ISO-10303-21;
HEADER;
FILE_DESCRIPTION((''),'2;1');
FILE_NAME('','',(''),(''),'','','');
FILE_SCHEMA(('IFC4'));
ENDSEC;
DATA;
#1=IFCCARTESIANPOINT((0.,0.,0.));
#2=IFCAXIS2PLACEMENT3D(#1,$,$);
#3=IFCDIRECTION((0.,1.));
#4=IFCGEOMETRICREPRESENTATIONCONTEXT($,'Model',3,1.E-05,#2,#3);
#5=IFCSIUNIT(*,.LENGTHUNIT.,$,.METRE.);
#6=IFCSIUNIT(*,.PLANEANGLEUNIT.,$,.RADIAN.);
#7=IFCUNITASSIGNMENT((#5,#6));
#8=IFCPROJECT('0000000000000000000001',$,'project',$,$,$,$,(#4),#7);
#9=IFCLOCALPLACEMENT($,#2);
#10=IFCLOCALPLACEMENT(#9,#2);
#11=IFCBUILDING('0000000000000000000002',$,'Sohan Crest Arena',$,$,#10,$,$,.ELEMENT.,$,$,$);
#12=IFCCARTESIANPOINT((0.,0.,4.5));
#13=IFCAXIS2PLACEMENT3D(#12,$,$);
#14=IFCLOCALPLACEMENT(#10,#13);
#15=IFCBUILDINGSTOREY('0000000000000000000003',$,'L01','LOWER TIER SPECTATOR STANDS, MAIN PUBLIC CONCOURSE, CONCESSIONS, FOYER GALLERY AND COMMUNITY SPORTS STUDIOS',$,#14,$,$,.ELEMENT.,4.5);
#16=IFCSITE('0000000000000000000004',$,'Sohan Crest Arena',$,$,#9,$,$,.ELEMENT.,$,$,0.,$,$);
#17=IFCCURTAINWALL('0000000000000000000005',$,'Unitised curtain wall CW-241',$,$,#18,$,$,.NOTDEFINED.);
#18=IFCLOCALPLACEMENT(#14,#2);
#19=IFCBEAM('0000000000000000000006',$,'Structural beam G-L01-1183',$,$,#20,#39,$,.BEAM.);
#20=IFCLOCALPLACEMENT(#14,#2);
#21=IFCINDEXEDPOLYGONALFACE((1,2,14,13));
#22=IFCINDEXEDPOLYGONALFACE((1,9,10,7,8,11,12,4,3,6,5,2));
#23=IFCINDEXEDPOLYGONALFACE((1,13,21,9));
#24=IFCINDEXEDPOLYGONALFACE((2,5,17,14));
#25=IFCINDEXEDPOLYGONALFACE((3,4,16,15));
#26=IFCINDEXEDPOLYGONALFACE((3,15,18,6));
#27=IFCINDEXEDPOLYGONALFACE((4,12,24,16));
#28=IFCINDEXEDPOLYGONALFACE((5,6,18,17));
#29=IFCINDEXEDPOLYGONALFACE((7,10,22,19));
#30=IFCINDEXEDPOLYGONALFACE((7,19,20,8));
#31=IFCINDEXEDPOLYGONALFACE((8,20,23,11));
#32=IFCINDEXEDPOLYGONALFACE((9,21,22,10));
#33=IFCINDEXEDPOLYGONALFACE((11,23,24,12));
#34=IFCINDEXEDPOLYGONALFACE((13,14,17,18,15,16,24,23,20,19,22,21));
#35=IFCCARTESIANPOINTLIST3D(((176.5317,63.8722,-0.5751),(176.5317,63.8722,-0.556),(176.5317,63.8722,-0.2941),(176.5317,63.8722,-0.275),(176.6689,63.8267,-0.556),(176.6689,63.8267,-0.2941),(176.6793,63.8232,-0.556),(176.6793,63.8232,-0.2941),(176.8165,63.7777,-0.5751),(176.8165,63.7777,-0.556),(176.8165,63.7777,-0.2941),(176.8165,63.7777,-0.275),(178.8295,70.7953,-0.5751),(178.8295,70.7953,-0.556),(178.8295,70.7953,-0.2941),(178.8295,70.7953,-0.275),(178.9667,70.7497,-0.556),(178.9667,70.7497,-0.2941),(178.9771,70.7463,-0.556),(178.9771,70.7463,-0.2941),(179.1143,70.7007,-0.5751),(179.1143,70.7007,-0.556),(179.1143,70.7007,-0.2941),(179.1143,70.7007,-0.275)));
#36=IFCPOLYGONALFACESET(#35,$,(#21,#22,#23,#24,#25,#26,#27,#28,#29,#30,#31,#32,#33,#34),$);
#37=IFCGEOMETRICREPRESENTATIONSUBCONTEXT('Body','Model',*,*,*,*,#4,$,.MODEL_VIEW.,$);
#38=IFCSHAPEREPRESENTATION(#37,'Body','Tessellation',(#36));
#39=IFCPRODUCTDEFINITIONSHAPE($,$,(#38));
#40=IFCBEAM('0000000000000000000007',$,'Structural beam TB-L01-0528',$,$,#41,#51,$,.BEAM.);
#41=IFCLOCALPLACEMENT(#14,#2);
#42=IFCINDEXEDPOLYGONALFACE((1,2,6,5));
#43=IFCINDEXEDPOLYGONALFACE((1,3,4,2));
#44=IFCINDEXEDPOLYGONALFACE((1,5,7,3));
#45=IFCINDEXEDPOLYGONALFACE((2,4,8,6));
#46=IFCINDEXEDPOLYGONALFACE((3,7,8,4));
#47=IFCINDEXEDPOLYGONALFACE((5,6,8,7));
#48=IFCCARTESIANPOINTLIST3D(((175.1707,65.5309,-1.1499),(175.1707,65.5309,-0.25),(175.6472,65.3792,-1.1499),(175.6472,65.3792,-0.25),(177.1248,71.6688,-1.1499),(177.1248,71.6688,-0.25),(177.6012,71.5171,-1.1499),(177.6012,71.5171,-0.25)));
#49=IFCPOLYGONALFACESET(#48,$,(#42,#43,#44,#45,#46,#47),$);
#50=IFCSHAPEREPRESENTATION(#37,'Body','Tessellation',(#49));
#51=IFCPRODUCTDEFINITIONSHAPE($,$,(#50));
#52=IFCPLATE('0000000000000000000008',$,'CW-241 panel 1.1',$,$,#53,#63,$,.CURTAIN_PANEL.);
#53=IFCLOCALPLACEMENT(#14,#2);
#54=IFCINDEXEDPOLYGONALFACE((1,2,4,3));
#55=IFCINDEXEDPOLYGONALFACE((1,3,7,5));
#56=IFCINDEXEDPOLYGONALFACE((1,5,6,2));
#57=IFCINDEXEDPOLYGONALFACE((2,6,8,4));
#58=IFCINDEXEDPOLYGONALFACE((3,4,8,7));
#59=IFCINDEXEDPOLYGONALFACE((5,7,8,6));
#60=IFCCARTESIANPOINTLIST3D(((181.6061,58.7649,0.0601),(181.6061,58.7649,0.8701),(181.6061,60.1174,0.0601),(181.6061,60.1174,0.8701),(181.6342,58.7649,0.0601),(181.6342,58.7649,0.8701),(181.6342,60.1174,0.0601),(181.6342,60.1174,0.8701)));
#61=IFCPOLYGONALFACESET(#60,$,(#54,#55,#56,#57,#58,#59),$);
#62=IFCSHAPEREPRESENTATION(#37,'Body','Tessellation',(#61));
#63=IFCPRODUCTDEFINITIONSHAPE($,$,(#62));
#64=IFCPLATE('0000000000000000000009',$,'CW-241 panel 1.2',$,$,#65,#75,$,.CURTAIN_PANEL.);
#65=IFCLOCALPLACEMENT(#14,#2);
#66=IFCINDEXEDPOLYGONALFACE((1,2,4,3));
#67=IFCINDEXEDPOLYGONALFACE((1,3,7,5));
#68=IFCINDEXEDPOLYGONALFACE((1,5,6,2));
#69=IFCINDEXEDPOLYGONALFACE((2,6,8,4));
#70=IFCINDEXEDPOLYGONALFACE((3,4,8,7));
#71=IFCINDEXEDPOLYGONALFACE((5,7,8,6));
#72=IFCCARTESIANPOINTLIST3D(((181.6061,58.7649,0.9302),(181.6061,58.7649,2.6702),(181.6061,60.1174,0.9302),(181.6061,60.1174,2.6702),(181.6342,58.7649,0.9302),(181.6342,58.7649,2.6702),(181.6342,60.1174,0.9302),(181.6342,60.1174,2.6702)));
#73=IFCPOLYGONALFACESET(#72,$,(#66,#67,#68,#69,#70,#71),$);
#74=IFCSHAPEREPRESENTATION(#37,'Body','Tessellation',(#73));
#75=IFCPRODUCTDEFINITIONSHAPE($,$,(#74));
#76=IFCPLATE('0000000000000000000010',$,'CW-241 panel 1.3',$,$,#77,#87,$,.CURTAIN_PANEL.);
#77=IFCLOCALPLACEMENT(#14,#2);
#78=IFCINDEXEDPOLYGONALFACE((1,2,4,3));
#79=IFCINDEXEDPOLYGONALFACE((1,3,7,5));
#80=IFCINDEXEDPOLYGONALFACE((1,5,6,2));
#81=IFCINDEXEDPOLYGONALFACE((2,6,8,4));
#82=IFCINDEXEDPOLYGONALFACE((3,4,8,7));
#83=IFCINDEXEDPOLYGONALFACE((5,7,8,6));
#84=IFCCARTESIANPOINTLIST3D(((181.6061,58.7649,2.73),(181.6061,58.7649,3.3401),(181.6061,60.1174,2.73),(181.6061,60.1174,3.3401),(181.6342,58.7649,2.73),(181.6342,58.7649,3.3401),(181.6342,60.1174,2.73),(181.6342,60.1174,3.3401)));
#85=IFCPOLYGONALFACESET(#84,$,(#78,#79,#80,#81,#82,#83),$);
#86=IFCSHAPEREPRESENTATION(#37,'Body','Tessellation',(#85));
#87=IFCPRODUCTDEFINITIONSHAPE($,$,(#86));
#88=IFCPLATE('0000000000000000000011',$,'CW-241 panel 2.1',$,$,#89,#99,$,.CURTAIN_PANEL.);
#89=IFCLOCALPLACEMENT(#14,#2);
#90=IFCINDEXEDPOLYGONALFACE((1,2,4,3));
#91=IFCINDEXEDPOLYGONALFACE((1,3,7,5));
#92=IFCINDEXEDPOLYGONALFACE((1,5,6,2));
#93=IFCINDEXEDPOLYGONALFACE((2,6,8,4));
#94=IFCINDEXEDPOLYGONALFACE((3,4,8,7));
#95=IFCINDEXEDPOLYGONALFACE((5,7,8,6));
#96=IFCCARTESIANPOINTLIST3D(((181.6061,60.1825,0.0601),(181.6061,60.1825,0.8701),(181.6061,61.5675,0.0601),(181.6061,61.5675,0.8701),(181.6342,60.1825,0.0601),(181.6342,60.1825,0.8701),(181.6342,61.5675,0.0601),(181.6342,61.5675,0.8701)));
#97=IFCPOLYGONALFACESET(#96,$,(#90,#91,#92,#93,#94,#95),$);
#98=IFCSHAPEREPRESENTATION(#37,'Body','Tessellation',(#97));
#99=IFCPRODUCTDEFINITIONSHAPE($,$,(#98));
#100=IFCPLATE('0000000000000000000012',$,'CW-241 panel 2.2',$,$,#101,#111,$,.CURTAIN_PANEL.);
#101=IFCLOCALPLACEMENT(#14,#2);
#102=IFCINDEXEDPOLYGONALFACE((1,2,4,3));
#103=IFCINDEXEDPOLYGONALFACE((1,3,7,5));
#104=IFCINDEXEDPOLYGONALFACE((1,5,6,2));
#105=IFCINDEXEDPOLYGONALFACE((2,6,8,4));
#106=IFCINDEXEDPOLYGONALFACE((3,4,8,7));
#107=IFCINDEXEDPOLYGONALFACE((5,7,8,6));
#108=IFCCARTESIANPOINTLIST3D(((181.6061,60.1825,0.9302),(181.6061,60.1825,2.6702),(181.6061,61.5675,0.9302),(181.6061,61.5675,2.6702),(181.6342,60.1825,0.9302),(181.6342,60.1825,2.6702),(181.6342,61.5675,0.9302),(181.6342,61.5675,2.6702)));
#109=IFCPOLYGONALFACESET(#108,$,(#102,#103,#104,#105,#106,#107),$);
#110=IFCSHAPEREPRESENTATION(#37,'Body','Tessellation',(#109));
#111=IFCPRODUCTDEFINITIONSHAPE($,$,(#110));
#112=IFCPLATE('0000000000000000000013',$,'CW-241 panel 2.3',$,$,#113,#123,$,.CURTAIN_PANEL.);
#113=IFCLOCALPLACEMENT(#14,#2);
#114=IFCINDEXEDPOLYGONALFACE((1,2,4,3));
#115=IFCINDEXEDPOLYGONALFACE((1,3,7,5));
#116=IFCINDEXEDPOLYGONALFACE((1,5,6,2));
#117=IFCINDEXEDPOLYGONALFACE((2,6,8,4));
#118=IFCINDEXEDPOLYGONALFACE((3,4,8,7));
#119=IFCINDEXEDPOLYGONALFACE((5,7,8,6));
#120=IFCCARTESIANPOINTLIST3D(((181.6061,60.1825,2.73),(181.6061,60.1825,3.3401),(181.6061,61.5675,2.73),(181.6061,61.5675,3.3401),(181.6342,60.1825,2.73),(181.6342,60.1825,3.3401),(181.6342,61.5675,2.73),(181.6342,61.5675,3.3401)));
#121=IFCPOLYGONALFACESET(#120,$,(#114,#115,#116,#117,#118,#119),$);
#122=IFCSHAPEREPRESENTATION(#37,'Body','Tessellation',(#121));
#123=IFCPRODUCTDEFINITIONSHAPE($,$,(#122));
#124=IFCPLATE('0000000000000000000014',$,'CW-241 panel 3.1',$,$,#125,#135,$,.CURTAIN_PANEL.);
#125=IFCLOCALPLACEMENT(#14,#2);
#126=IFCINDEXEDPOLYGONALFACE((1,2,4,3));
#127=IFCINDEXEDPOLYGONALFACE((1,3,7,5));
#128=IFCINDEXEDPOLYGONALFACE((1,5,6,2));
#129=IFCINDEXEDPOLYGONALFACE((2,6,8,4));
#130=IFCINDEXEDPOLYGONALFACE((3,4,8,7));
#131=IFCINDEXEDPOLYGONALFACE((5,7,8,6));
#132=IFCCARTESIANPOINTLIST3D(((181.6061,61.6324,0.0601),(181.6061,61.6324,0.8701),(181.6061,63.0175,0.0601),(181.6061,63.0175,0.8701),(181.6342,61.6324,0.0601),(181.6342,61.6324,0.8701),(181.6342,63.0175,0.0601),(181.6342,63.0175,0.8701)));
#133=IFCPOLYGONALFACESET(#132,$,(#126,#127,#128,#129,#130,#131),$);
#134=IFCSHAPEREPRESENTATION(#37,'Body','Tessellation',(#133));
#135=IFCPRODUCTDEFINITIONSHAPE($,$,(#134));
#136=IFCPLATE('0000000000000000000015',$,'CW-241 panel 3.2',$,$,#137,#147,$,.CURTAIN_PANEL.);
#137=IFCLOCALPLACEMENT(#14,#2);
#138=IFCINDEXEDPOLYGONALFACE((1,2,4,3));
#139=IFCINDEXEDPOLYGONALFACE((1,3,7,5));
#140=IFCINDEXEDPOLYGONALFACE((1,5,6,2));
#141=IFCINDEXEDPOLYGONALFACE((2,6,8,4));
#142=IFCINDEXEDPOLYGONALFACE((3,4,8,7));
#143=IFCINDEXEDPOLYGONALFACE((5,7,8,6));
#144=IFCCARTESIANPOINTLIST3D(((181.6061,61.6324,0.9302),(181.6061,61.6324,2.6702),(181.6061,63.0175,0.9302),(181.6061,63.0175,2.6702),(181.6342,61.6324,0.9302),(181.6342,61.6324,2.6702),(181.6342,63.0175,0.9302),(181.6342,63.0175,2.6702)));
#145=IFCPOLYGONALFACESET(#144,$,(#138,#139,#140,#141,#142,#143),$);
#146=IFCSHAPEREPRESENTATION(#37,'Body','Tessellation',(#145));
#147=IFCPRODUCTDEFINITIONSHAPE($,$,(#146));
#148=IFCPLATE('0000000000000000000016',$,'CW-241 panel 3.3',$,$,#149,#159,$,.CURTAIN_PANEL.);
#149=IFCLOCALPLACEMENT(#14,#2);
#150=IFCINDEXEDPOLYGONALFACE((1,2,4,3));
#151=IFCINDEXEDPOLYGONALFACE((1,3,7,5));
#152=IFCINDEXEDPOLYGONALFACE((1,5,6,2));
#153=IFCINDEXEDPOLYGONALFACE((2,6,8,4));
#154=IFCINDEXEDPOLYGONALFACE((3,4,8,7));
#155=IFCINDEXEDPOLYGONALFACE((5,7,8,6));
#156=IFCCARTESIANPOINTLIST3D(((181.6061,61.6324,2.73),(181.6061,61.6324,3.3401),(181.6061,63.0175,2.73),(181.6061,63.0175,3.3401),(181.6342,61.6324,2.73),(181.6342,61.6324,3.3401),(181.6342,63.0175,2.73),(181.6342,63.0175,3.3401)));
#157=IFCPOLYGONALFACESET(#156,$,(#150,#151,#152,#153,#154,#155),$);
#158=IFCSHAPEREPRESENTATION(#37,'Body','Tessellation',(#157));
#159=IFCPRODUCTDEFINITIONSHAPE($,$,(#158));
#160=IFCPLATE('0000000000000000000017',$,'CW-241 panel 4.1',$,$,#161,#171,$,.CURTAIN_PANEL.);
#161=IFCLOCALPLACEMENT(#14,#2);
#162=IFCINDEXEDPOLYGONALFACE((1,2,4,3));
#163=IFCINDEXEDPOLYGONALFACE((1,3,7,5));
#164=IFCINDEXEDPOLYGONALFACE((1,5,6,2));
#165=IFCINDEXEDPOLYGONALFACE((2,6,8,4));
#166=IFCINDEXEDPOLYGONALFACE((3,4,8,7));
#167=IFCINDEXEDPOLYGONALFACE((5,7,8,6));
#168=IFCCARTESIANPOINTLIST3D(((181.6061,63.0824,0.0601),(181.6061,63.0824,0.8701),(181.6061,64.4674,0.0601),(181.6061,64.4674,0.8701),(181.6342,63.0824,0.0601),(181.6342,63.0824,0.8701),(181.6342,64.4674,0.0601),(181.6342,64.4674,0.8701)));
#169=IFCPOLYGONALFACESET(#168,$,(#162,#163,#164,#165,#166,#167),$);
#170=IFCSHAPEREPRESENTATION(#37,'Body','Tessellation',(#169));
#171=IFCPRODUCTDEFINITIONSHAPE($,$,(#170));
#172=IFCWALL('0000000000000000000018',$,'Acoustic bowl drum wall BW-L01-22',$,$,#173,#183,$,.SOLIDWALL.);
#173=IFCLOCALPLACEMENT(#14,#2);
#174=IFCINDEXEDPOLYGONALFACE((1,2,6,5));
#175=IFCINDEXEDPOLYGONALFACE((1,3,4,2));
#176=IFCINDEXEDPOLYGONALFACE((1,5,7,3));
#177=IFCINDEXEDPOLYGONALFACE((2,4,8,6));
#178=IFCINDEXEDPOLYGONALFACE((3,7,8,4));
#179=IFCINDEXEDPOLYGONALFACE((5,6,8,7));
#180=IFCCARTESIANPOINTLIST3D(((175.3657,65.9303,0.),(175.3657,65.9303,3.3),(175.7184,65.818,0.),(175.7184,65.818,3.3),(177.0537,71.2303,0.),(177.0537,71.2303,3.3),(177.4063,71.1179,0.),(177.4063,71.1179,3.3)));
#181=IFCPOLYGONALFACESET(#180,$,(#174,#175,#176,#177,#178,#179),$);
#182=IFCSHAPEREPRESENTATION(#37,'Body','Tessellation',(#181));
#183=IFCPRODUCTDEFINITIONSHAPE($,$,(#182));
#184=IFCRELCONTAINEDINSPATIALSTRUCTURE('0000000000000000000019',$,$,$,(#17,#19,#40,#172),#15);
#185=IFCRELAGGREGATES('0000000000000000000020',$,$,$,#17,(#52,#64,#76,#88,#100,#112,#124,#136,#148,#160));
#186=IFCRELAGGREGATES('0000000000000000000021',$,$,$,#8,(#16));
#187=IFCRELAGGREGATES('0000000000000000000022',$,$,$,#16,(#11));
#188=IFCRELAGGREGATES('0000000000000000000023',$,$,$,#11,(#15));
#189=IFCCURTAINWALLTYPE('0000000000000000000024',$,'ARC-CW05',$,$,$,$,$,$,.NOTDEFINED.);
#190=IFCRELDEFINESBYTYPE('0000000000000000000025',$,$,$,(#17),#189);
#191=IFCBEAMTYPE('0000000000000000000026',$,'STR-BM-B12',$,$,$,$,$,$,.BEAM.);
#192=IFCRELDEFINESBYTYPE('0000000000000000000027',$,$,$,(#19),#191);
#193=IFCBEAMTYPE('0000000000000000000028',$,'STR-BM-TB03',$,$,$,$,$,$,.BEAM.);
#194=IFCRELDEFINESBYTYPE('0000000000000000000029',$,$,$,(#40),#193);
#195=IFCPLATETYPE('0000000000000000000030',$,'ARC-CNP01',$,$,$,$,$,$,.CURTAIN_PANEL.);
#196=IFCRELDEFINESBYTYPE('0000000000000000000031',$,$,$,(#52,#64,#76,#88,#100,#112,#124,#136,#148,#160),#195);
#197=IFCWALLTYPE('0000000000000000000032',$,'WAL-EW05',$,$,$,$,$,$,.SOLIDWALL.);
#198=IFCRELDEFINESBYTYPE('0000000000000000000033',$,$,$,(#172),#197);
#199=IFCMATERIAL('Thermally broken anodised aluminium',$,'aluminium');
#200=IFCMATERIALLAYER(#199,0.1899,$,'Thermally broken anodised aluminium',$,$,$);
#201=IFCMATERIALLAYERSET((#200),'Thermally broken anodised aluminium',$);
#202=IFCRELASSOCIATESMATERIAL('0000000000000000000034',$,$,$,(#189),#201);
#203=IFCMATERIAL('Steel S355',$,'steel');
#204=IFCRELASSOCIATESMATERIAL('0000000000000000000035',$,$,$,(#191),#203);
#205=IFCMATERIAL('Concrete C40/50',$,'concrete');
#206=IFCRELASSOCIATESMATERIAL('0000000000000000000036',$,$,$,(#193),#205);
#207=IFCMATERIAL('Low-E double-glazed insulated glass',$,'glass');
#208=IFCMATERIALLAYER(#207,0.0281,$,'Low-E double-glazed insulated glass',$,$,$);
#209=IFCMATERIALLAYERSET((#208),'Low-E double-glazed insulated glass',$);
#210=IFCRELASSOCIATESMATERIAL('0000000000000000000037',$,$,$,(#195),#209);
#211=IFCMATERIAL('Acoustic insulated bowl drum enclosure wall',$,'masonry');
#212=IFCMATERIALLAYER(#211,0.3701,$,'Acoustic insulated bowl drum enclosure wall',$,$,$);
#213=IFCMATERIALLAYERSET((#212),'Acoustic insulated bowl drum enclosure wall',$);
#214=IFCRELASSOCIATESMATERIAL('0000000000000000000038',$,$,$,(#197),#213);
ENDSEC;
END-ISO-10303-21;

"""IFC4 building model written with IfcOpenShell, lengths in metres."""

from ifc_helpers import new_model, si_unit, direction, frame, frame_2d, origin, origin_2d, place, context, subcontext, project, spatial, rectangle, i_section, extrude, material, layer, layer_set, material_profile, profile_set, type_object, element, aggregate, save


model = new_model("IFC4")

# Units and contexts
model_context = context("Model", 3, precision=1e-05, world=origin(), true_north=direction((0.0, 1.0)))
body_context = subcontext(model_context, "Body", "Model", "MODEL_VIEW")
ifc_project = project(units=[si_unit("LENGTHUNIT", "METRE"), si_unit("PLANEANGLEUNIT", "RADIAN")], contexts=[model_context])

# Site, building, storey
site_placement = place(None, origin())
site = spatial("IfcSite", under=ifc_project, at=site_placement, Name="Sohan Crest Arena", CompositionType="ELEMENT", RefElevation=0.0)
building_placement = place(site_placement, origin())
building = spatial("IfcBuilding", under=site, at=building_placement, Name="Sohan Crest Arena", CompositionType="ELEMENT")
storey_placement = place(building_placement, frame((0.0, 0.0, 4.5)))
storey = spatial("IfcBuildingStorey", under=building, at=storey_placement, Name="L01", Description="LOWER TIER SPECTATOR STANDS, MAIN PUBLIC CONCOURSE, CONCESSIONS, FOYER GALLERY AND COMMUNITY SPORTS STUDIOS", CompositionType="ELEMENT", Elevation=4.5)

# Shared definitions
ifc_material_1 = material(Name="Concrete C40/50", Category="concrete")
ifc_material_2 = material(Name="Steel S355", Category="steel")

# Curtain wall
ifc_material_3 = material(Name="Thermally broken anodised aluminium", Category="aluminium")
ifc_layer_1 = layer(ifc_material_3, 0.1899, Name="Thermally broken anodised aluminium")
ifc_layer_set_1 = layer_set([ifc_layer_1], Name="Thermally broken anodised aluminium")
curtain_wall_type = type_object("IfcCurtainWallType", Name="ARC-CW05", PredefinedType="NOTDEFINED", material=ifc_layer_set_1)
curtain_wall_placement = place(storey_placement, origin())
curtain_wall = element("IfcCurtainWall", 1, at=curtain_wall_placement, inside=storey, type_object=curtain_wall_type, Name="Unitised curtain wall CW-241", PredefinedType="NOTDEFINED")

# Beams
ifc_material_profile_1 = material_profile(ifc_material_2, i_section(OverallWidth=0.3, OverallDepth=0.3, WebThickness=0.011, FlangeThickness=0.019, at=origin_2d()), Name="HEB 300")
ifc_profile_set_1 = profile_set([ifc_material_profile_1], Name="Steel S355")
beam_type_1 = type_object("IfcBeamType", Name="STR-BM-B12", PredefinedType="BEAM", material=ifc_profile_set_1)
beam_1_placement = place(storey_placement, frame((176.6741, 63.825, -0.425), z_axis=(0.315013, 0.949087, 0.0), x_axis=(-0.949087, 0.315013, 0.0)))
element("IfcBeam", 2, at=beam_1_placement, inside=storey, type_object=beam_type_1, Name="Structural beam G-L01-1183", PredefinedType="BEAM", context=body_context, shape_type="SweptSolid", body=[
    extrude(i_section(OverallWidth=0.3, OverallDepth=0.3, WebThickness=0.011, FlangeThickness=0.019, at=origin_2d()), origin(), (0.0, 0.0, 1.0), 7.2944),
])
ifc_material_profile_2 = material_profile(ifc_material_1, rectangle(XDim=0.5, YDim=0.8999, at=origin_2d()), Name="RC-BM 500x900")
ifc_profile_set_2 = profile_set([ifc_material_profile_2], Name="Concrete C40/50")
beam_type_2 = type_object("IfcBeamType", Name="STR-BM-TB03", PredefinedType="BEAM", material=ifc_profile_set_2)
beam_2_placement = place(storey_placement, frame((175.4089, 65.4551, -0.7), z_axis=(0.303362, 0.952875, 0.0), x_axis=(-0.952875, 0.303362, 0.0)))
element("IfcBeam", 3, at=beam_2_placement, inside=storey, type_object=beam_type_2, Name="Structural beam TB-L01-0528", PredefinedType="BEAM", context=body_context, shape_type="SweptSolid", body=[
    extrude(rectangle(XDim=0.5, YDim=0.8999, at=origin_2d()), origin(), (0.0, 0.0, 1.0), 6.4414),
])

# Plates
ifc_material_4 = material(Name="Low-E double-glazed insulated glass", Category="glass")
ifc_layer_2 = layer(ifc_material_4, 0.0281, Name="Low-E double-glazed insulated glass")
ifc_layer_set_2 = layer_set([ifc_layer_2], Name="Low-E double-glazed insulated glass")
plate_type = type_object("IfcPlateType", Name="ARC-CNP01", PredefinedType="CURTAIN_PANEL", material=ifc_layer_set_2)
plate_1_placement = place(storey_placement, frame((181.6201, 59.4412, 0.0601), z_axis=(0.0, 0.0, 1.0), x_axis=(0.0, 1.0, 0.0)))
plate_1 = element("IfcPlate", 4, at=plate_1_placement, type_object=plate_type, Name="CW-241 panel 1.1", PredefinedType="CURTAIN_PANEL", context=body_context, shape_type="SweptSolid", body=[
    extrude(rectangle(XDim=1.3525, YDim=0.0281, at=origin_2d()), origin(), (0.0, 0.0, 1.0), 0.8101),
])
plate_2_placement = place(storey_placement, frame((181.6201, 59.4412, 0.9302), z_axis=(0.0, 0.0, 1.0), x_axis=(0.0, 1.0, 0.0)))
plate_2 = element("IfcPlate", 5, at=plate_2_placement, type_object=plate_type, Name="CW-241 panel 1.2", PredefinedType="CURTAIN_PANEL", context=body_context, shape_type="SweptSolid", body=[
    extrude(rectangle(XDim=1.3525, YDim=0.0281, at=origin_2d()), origin(), (0.0, 0.0, 1.0), 1.74),
])
plate_3_placement = place(storey_placement, frame((181.6201, 59.4412, 2.73), z_axis=(0.0, 0.0, 1.0), x_axis=(0.0, 1.0, 0.0)))
plate_3 = element("IfcPlate", 6, at=plate_3_placement, type_object=plate_type, Name="CW-241 panel 1.3", PredefinedType="CURTAIN_PANEL", context=body_context, shape_type="SweptSolid", body=[
    extrude(rectangle(XDim=1.3525, YDim=0.0281, at=origin_2d()), origin(), (0.0, 0.0, 1.0), 0.6101),
])
plate_4_placement = place(storey_placement, frame((181.6201, 60.875, 0.0601), z_axis=(0.0, 0.0, 1.0), x_axis=(0.0, 1.0, 0.0)))
plate_4 = element("IfcPlate", 7, at=plate_4_placement, type_object=plate_type, Name="CW-241 panel 2.1", PredefinedType="CURTAIN_PANEL", context=body_context, shape_type="SweptSolid", body=[
    extrude(rectangle(XDim=1.385, YDim=0.0281, at=origin_2d()), origin(), (0.0, 0.0, 1.0), 0.8101),
])
plate_5_placement = place(storey_placement, frame((181.6201, 60.875, 0.9302), z_axis=(0.0, 0.0, 1.0), x_axis=(0.0, 1.0, 0.0)))
plate_5 = element("IfcPlate", 8, at=plate_5_placement, type_object=plate_type, Name="CW-241 panel 2.2", PredefinedType="CURTAIN_PANEL", context=body_context, shape_type="SweptSolid", body=[
    extrude(rectangle(XDim=1.385, YDim=0.0281, at=origin_2d()), origin(), (0.0, 0.0, 1.0), 1.74),
])
plate_6_placement = place(storey_placement, frame((181.6201, 60.875, 2.73), z_axis=(0.0, 0.0, 1.0), x_axis=(0.0, 1.0, 0.0)))
plate_6 = element("IfcPlate", 9, at=plate_6_placement, type_object=plate_type, Name="CW-241 panel 2.3", PredefinedType="CURTAIN_PANEL", context=body_context, shape_type="SweptSolid", body=[
    extrude(rectangle(XDim=1.385, YDim=0.0281, at=origin_2d()), origin(), (0.0, 0.0, 1.0), 0.6101),
])
plate_7_placement = place(storey_placement, frame((181.6201, 62.325, 0.0601), z_axis=(0.0, 0.0, 1.0), x_axis=(0.0, 1.0, 0.0)))
plate_7 = element("IfcPlate", 10, at=plate_7_placement, type_object=plate_type, Name="CW-241 panel 3.1", PredefinedType="CURTAIN_PANEL", context=body_context, shape_type="SweptSolid", body=[
    extrude(rectangle(XDim=1.385, YDim=0.0281, at=origin_2d()), origin(), (0.0, 0.0, 1.0), 0.8101),
])
plate_8_placement = place(storey_placement, frame((181.6201, 62.325, 0.9302), z_axis=(0.0, 0.0, 1.0), x_axis=(0.0, 1.0, 0.0)))
plate_8 = element("IfcPlate", 11, at=plate_8_placement, type_object=plate_type, Name="CW-241 panel 3.2", PredefinedType="CURTAIN_PANEL", context=body_context, shape_type="SweptSolid", body=[
    extrude(rectangle(XDim=1.385, YDim=0.0281, at=origin_2d()), origin(), (0.0, 0.0, 1.0), 1.74),
])
plate_9_placement = place(storey_placement, frame((181.6201, 62.325, 2.73), z_axis=(0.0, 0.0, 1.0), x_axis=(0.0, 1.0, 0.0)))
plate_9 = element("IfcPlate", 12, at=plate_9_placement, type_object=plate_type, Name="CW-241 panel 3.3", PredefinedType="CURTAIN_PANEL", context=body_context, shape_type="SweptSolid", body=[
    extrude(rectangle(XDim=1.385, YDim=0.0281, at=origin_2d()), origin(), (0.0, 0.0, 1.0), 0.6101),
])
plate_10_placement = place(storey_placement, frame((181.6201, 63.7749, 0.0601), z_axis=(0.0, 0.0, 1.0), x_axis=(0.0, 1.0, 0.0)))
plate_10 = element("IfcPlate", 13, at=plate_10_placement, type_object=plate_type, Name="CW-241 panel 4.1", PredefinedType="CURTAIN_PANEL", context=body_context, shape_type="SweptSolid", body=[
    extrude(rectangle(XDim=1.385, YDim=0.0281, at=origin_2d()), origin(), (0.0, 0.0, 1.0), 0.8101),
])
aggregate(curtain_wall, [plate_1, plate_2, plate_3, plate_4, plate_5, plate_6, plate_7, plate_8, plate_9, plate_10])

# Wall
ifc_material_5 = material(Name="Acoustic insulated bowl drum enclosure wall", Category="masonry")
ifc_layer_3 = layer(ifc_material_5, 0.3701, Name="Acoustic insulated bowl drum enclosure wall")
ifc_layer_set_3 = layer_set([ifc_layer_3], Name="Acoustic insulated bowl drum enclosure wall")
wall_type = type_object("IfcWallType", Name="WAL-EW05", PredefinedType="SOLIDWALL", material=ifc_layer_set_3)
wall_placement = place(storey_placement, frame((175.542, 65.874, 0.0), z_axis=(0.0, 0.0, 1.0), x_axis=(0.303466, 0.952842, 0.0)))
element("IfcWall", 14, at=wall_placement, inside=storey, type_object=wall_type, Name="Acoustic bowl drum wall BW-L01-22", PredefinedType="SOLIDWALL", context=body_context, shape_type="SweptSolid", body=[
    extrude(rectangle(XDim=5.5623, YDim=0.3701, at=frame_2d((2.7812, 0.0))), origin(), (0.0, 0.0, 1.0), 3.3),
])

save(model, "model.ifc")
